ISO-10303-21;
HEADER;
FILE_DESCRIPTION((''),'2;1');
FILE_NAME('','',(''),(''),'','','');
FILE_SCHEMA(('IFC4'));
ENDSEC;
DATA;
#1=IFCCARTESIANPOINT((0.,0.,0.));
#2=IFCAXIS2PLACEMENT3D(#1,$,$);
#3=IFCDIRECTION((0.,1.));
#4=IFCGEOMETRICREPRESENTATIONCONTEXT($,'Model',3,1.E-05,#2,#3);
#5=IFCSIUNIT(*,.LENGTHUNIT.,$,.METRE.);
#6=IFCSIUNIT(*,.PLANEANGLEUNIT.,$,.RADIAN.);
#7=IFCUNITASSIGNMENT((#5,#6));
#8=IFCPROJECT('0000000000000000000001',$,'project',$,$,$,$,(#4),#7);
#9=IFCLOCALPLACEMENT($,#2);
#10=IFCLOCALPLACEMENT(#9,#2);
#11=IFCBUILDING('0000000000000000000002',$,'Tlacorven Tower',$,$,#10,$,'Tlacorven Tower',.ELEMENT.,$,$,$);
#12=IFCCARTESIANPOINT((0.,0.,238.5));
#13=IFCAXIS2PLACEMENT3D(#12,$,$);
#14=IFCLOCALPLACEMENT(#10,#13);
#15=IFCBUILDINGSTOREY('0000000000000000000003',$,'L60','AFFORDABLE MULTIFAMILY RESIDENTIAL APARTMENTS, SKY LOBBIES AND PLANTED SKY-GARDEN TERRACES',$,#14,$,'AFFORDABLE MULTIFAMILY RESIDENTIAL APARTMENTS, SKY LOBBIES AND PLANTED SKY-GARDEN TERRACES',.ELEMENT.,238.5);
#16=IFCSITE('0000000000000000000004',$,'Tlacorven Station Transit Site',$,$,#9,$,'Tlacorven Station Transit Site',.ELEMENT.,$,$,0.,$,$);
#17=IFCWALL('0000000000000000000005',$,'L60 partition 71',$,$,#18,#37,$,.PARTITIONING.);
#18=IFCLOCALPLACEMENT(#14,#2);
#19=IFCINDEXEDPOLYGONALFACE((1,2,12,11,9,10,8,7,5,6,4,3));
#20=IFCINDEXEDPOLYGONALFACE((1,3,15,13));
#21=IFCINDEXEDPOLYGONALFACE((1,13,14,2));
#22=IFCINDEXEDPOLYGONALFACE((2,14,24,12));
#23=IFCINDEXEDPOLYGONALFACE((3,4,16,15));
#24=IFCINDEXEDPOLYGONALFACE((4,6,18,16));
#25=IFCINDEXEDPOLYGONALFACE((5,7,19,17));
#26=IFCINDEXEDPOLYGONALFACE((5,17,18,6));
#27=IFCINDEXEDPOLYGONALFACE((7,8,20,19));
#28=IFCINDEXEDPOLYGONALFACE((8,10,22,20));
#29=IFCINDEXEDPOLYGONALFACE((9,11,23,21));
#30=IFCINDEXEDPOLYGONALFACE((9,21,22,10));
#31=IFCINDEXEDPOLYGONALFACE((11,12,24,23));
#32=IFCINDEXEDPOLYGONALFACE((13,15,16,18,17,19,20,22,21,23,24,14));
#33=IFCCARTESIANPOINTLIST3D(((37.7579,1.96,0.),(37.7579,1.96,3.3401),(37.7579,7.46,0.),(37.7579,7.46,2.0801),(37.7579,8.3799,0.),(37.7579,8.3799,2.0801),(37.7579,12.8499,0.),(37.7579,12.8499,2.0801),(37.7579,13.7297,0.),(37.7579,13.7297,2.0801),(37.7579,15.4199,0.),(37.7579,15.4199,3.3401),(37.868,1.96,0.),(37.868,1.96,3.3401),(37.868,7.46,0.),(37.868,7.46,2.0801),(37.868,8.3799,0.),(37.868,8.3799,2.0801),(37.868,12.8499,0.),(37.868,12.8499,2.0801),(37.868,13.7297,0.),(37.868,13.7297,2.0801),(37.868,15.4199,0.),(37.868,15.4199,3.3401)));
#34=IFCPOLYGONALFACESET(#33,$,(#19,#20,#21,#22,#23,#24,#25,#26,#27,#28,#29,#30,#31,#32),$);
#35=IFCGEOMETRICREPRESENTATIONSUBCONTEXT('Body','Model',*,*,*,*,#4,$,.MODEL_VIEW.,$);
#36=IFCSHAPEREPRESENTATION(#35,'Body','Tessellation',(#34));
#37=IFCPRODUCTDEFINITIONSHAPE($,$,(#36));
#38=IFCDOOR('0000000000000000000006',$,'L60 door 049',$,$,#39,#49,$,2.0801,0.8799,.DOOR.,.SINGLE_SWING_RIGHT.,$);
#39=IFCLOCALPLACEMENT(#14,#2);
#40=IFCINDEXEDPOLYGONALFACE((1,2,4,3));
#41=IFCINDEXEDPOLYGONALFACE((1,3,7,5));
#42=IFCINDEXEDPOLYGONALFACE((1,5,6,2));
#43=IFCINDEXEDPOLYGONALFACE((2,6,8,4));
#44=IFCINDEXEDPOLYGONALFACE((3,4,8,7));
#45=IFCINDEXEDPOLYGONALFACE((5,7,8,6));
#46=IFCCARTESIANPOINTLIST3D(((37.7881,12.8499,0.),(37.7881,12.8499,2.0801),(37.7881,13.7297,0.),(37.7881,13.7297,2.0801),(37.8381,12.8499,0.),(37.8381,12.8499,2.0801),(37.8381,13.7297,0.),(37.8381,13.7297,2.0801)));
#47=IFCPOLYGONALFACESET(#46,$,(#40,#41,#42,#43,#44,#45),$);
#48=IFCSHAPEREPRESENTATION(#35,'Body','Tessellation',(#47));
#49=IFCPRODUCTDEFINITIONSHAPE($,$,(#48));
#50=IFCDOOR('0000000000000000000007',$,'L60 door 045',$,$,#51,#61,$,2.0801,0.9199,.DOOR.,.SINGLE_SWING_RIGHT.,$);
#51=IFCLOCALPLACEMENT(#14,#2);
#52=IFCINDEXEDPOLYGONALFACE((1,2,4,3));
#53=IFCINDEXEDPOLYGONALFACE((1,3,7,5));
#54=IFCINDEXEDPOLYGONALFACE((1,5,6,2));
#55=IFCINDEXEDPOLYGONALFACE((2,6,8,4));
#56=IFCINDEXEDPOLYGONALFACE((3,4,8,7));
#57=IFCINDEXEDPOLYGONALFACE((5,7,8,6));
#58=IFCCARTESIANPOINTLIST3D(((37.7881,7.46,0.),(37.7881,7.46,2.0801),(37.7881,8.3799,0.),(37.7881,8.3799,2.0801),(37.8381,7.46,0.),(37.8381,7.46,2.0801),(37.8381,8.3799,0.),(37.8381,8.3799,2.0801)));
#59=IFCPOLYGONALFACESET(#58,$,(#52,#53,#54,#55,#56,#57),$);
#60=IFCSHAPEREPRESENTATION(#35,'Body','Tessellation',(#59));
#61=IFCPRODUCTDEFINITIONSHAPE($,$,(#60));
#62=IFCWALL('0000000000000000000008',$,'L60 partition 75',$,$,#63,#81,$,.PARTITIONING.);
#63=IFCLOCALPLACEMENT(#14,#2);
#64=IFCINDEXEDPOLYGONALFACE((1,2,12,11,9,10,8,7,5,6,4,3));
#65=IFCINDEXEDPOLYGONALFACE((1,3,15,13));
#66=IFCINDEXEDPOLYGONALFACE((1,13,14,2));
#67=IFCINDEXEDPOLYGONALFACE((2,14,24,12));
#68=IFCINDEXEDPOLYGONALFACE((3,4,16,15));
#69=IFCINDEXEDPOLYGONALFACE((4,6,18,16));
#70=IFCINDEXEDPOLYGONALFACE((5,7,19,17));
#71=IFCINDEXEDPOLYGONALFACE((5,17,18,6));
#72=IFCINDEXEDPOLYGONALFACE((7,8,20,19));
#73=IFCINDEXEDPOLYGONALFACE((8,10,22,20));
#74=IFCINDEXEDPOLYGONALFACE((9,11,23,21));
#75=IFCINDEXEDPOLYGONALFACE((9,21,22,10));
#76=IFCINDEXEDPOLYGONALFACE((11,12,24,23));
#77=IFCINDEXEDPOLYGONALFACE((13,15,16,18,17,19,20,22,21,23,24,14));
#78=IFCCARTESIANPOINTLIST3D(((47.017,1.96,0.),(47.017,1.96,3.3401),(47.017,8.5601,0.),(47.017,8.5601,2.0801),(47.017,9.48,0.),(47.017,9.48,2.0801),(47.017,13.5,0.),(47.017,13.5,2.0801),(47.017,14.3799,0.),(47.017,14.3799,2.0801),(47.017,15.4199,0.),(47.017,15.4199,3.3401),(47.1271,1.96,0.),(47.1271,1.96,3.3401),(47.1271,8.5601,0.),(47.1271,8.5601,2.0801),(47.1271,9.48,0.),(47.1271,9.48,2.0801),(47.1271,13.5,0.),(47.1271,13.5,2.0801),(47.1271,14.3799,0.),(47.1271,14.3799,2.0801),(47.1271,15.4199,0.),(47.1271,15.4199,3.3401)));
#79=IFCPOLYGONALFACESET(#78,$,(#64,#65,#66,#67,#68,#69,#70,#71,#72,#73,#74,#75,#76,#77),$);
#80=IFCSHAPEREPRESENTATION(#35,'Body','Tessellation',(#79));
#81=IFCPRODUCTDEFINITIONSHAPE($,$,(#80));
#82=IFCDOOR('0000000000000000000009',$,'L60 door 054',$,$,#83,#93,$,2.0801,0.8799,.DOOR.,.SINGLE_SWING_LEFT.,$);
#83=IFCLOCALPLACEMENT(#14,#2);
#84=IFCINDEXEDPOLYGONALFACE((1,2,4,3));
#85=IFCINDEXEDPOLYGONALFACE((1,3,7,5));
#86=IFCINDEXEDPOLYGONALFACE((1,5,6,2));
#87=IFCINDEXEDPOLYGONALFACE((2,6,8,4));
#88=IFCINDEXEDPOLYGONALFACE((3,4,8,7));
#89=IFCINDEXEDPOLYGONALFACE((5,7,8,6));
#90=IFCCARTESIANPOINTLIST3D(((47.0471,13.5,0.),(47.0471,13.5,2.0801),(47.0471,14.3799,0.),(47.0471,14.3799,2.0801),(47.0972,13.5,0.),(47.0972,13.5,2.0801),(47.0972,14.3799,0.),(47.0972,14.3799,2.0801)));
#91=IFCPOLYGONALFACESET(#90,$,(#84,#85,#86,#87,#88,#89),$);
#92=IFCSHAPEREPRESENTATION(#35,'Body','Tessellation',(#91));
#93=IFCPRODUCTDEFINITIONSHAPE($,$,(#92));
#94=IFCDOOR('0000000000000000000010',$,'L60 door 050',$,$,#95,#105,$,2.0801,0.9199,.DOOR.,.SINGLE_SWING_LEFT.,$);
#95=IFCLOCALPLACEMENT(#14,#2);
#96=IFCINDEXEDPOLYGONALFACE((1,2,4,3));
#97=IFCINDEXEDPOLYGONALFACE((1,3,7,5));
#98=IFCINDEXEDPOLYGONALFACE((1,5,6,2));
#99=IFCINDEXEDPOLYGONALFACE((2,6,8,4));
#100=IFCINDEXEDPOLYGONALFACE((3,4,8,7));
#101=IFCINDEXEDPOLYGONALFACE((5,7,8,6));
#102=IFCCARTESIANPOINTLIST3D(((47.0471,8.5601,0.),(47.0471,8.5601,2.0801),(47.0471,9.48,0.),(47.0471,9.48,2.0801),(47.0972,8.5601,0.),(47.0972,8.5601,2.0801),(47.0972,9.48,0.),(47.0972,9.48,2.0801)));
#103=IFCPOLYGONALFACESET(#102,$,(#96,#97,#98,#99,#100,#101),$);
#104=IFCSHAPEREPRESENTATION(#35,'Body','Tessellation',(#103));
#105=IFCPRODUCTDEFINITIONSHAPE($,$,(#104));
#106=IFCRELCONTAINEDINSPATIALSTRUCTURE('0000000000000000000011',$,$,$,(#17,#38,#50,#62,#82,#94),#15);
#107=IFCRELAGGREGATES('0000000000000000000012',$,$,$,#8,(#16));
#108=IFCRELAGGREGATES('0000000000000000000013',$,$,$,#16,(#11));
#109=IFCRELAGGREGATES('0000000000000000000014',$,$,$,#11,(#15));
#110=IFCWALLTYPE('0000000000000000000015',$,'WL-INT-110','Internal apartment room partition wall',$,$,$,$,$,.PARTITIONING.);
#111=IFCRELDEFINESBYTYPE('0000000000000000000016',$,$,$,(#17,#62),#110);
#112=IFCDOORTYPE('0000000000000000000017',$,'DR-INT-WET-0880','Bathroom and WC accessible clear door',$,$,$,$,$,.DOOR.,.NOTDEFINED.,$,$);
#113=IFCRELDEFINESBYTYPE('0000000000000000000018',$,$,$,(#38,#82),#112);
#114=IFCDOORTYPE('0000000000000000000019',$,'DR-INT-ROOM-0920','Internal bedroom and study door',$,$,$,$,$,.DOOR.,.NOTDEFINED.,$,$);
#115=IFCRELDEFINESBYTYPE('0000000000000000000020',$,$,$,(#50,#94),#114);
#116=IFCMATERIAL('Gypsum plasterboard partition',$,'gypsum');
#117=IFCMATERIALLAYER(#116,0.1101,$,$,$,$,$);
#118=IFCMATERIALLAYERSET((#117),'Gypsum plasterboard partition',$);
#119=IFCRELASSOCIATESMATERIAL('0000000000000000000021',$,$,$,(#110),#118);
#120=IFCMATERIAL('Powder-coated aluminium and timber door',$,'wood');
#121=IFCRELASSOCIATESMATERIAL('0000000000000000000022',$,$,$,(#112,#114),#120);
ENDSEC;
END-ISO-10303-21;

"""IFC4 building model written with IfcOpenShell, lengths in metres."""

from ifc_helpers import new_model, si_unit, direction, frame, frame_2d, origin, place, context, subcontext, project, spatial, rectangle, extrude, source, transform, mapped, material, layer, layer_set, type_object, element, fill, save


model = new_model("IFC4")

# Units and contexts
model_context = context("Model", 3, precision=1e-05, world=origin(), true_north=direction((0.0, 1.0)))
body_context = subcontext(model_context, "Body", "Model", "MODEL_VIEW")
ifc_project = project(units=[si_unit("LENGTHUNIT", "METRE"), si_unit("PLANEANGLEUNIT", "RADIAN")], contexts=[model_context])

# Site, building, storey
site_placement = place(None, origin())
site = spatial("IfcSite", under=ifc_project, at=site_placement, Name="Tlacorven Station Transit Site", LongName="Tlacorven Station Transit Site", CompositionType="ELEMENT", RefElevation=0.0)
building_placement = place(site_placement, origin())
building = spatial("IfcBuilding", under=site, at=building_placement, Name="Tlacorven Tower", LongName="Tlacorven Tower", CompositionType="ELEMENT")
storey_placement = place(building_placement, frame((0.0, 0.0, 238.5)))
storey = spatial("IfcBuildingStorey", under=building, at=storey_placement, Name="L60", Description="AFFORDABLE MULTIFAMILY RESIDENTIAL APARTMENTS, SKY LOBBIES AND PLANTED SKY-GARDEN TERRACES", LongName="AFFORDABLE MULTIFAMILY RESIDENTIAL APARTMENTS, SKY LOBBIES AND PLANTED SKY-GARDEN TERRACES", CompositionType="ELEMENT", Elevation=238.5)

# Walls, openings, doors
ifc_material_1 = material(Name="Gypsum plasterboard partition", Category="gypsum")
ifc_layer_1 = layer(ifc_material_1, 0.1101)
ifc_layer_set_1 = layer_set([ifc_layer_1], Name="Gypsum plasterboard partition")
wall_type_1 = type_object("IfcWallType", Name="WL-INT-110", Description="Internal apartment room partition wall", PredefinedType="PARTITIONING", material=ifc_layer_set_1)
wall_1_placement = place(storey_placement, frame((37.813, 1.96, 0.0), z_axis=(0.0, 0.0, 1.0), x_axis=(0.0, 1.0, 0.0)))
wall_1 = element("IfcWall", 1, at=wall_1_placement, inside=storey, type_object=wall_type_1, Name="L60 partition 71", PredefinedType="PARTITIONING", context=body_context, shape_type="SweptSolid", body=[
    extrude(rectangle(XDim=13.46, YDim=0.1101, at=frame_2d((6.73, 0.0))), origin(), (0.0, 0.0, 1.0), 3.3401),
])
opening_1_placement = place(wall_1_placement, frame((5.5, 0.0, 0.0)))
opening_1 = element("IfcOpeningElement", 2, at=opening_1_placement, cuts=wall_1, PredefinedType="OPENING", context=body_context, shape_type="SweptSolid", body=[
    extrude(rectangle(XDim=0.9199, YDim=2.0801, at=frame_2d((0.46, 1.04))), frame((0.0, 0.0649, 0.0), z_axis=(0.0, -1.0, 0.0), x_axis=(1.0, 0.0, 0.0)), (0.0, 0.0, 1.0), 0.1301),
])
opening_2_placement = place(wall_1_placement, frame((10.8899, 0.0, 0.0)))
opening_2 = element("IfcOpeningElement", 3, at=opening_2_placement, cuts=wall_1, PredefinedType="OPENING", context=body_context, shape_type="SweptSolid", body=[
    extrude(rectangle(XDim=0.8799, YDim=2.0801, at=frame_2d((0.4399, 1.04))), frame((0.0, 0.0649, 0.0), z_axis=(0.0, -1.0, 0.0), x_axis=(1.0, 0.0, 0.0)), (0.0, 0.0, 1.0), 0.1301),
])
ifc_material_2 = material(Name="Powder-coated aluminium and timber door", Category="wood")
door_type_1 = type_object("IfcDoorType", Name="DR-INT-WET-0880", Description="Bathroom and WC accessible clear door", OperationType="NOTDEFINED", PredefinedType="DOOR", material=ifc_material_2)
shared_shape_1 = source(origin(), body_context, "Body", "SweptSolid", [
    extrude(rectangle(XDim=0.8799, YDim=2.0801, at=frame_2d((0.4399, 1.04))), frame((0.0, 0.0249, 0.0), z_axis=(0.0, -1.0, 0.0), x_axis=(1.0, 0.0, 0.0)), (0.0, 0.0, 1.0), 0.05),
])
door_1_placement = place(opening_2_placement, origin())
door_1 = element("IfcDoor", 4, at=door_1_placement, inside=storey, type_object=door_type_1, Name="L60 door 049", OperationType="SINGLE_SWING_RIGHT", OverallHeight=2.0801, OverallWidth=0.8799, PredefinedType="DOOR", context=body_context, shape_type="MappedRepresentation", body=[
    mapped(shared_shape_1, transform((0.0, 0.0, 0.0), scale=1.0)),
])
fill(opening_2, door_1)
door_type_2 = type_object("IfcDoorType", Name="DR-INT-ROOM-0920", Description="Internal bedroom and study door", OperationType="NOTDEFINED", PredefinedType="DOOR", material=ifc_material_2)
shared_shape_2 = source(origin(), body_context, "Body", "SweptSolid", [
    extrude(rectangle(XDim=0.9199, YDim=2.0801, at=frame_2d((0.46, 1.04))), frame((0.0, 0.0249, 0.0), z_axis=(0.0, -1.0, 0.0), x_axis=(1.0, 0.0, 0.0)), (0.0, 0.0, 1.0), 0.05),
])
door_2_placement = place(opening_1_placement, origin())
door_2 = element("IfcDoor", 5, at=door_2_placement, inside=storey, type_object=door_type_2, Name="L60 door 045", OperationType="SINGLE_SWING_RIGHT", OverallHeight=2.0801, OverallWidth=0.9199, PredefinedType="DOOR", context=body_context, shape_type="MappedRepresentation", body=[
    mapped(shared_shape_2, transform((0.0, 0.0, 0.0), scale=1.0)),
])
fill(opening_1, door_2)
wall_2_placement = place(storey_placement, frame((47.072, 1.96, 0.0), z_axis=(0.0, 0.0, 1.0), x_axis=(0.0, 1.0, 0.0)))
wall_2 = element("IfcWall", 6, at=wall_2_placement, inside=storey, type_object=wall_type_1, Name="L60 partition 75", PredefinedType="PARTITIONING", context=body_context, shape_type="SweptSolid", body=[
    extrude(rectangle(XDim=13.46, YDim=0.1101, at=frame_2d((6.73, 0.0))), origin(), (0.0, 0.0, 1.0), 3.3401),
])
opening_3_placement = place(wall_2_placement, frame((6.6001, 0.0, 0.0)))
opening_3 = element("IfcOpeningElement", 7, at=opening_3_placement, cuts=wall_2, PredefinedType="OPENING", context=body_context, shape_type="SweptSolid", body=[
    extrude(rectangle(XDim=0.9199, YDim=2.0801, at=frame_2d((0.46, 1.04))), frame((0.0, 0.0649, 0.0), z_axis=(0.0, -1.0, 0.0), x_axis=(1.0, 0.0, 0.0)), (0.0, 0.0, 1.0), 0.1301),
])
opening_4_placement = place(wall_2_placement, frame((11.54, 0.0, 0.0)))
opening_4 = element("IfcOpeningElement", 8, at=opening_4_placement, cuts=wall_2, PredefinedType="OPENING", context=body_context, shape_type="SweptSolid", body=[
    extrude(rectangle(XDim=0.8799, YDim=2.0801, at=frame_2d((0.4399, 1.04))), frame((0.0, 0.0649, 0.0), z_axis=(0.0, -1.0, 0.0), x_axis=(1.0, 0.0, 0.0)), (0.0, 0.0, 1.0), 0.1301),
])
door_3_placement = place(opening_4_placement, origin())
door_3 = element("IfcDoor", 9, at=door_3_placement, inside=storey, type_object=door_type_1, Name="L60 door 054", OperationType="SINGLE_SWING_LEFT", OverallHeight=2.0801, OverallWidth=0.8799, PredefinedType="DOOR", context=body_context, shape_type="MappedRepresentation", body=[
    mapped(shared_shape_1, transform((0.0, 0.0, 0.0), scale=1.0)),
])
fill(opening_4, door_3)
door_4_placement = place(opening_3_placement, origin())
door_4 = element("IfcDoor", 10, at=door_4_placement, inside=storey, type_object=door_type_2, Name="L60 door 050", OperationType="SINGLE_SWING_LEFT", OverallHeight=2.0801, OverallWidth=0.9199, PredefinedType="DOOR", context=body_context, shape_type="MappedRepresentation", body=[
    mapped(shared_shape_2, transform((0.0, 0.0, 0.0), scale=1.0)),
])
fill(opening_3, door_4)

save(model, "model.ifc")
